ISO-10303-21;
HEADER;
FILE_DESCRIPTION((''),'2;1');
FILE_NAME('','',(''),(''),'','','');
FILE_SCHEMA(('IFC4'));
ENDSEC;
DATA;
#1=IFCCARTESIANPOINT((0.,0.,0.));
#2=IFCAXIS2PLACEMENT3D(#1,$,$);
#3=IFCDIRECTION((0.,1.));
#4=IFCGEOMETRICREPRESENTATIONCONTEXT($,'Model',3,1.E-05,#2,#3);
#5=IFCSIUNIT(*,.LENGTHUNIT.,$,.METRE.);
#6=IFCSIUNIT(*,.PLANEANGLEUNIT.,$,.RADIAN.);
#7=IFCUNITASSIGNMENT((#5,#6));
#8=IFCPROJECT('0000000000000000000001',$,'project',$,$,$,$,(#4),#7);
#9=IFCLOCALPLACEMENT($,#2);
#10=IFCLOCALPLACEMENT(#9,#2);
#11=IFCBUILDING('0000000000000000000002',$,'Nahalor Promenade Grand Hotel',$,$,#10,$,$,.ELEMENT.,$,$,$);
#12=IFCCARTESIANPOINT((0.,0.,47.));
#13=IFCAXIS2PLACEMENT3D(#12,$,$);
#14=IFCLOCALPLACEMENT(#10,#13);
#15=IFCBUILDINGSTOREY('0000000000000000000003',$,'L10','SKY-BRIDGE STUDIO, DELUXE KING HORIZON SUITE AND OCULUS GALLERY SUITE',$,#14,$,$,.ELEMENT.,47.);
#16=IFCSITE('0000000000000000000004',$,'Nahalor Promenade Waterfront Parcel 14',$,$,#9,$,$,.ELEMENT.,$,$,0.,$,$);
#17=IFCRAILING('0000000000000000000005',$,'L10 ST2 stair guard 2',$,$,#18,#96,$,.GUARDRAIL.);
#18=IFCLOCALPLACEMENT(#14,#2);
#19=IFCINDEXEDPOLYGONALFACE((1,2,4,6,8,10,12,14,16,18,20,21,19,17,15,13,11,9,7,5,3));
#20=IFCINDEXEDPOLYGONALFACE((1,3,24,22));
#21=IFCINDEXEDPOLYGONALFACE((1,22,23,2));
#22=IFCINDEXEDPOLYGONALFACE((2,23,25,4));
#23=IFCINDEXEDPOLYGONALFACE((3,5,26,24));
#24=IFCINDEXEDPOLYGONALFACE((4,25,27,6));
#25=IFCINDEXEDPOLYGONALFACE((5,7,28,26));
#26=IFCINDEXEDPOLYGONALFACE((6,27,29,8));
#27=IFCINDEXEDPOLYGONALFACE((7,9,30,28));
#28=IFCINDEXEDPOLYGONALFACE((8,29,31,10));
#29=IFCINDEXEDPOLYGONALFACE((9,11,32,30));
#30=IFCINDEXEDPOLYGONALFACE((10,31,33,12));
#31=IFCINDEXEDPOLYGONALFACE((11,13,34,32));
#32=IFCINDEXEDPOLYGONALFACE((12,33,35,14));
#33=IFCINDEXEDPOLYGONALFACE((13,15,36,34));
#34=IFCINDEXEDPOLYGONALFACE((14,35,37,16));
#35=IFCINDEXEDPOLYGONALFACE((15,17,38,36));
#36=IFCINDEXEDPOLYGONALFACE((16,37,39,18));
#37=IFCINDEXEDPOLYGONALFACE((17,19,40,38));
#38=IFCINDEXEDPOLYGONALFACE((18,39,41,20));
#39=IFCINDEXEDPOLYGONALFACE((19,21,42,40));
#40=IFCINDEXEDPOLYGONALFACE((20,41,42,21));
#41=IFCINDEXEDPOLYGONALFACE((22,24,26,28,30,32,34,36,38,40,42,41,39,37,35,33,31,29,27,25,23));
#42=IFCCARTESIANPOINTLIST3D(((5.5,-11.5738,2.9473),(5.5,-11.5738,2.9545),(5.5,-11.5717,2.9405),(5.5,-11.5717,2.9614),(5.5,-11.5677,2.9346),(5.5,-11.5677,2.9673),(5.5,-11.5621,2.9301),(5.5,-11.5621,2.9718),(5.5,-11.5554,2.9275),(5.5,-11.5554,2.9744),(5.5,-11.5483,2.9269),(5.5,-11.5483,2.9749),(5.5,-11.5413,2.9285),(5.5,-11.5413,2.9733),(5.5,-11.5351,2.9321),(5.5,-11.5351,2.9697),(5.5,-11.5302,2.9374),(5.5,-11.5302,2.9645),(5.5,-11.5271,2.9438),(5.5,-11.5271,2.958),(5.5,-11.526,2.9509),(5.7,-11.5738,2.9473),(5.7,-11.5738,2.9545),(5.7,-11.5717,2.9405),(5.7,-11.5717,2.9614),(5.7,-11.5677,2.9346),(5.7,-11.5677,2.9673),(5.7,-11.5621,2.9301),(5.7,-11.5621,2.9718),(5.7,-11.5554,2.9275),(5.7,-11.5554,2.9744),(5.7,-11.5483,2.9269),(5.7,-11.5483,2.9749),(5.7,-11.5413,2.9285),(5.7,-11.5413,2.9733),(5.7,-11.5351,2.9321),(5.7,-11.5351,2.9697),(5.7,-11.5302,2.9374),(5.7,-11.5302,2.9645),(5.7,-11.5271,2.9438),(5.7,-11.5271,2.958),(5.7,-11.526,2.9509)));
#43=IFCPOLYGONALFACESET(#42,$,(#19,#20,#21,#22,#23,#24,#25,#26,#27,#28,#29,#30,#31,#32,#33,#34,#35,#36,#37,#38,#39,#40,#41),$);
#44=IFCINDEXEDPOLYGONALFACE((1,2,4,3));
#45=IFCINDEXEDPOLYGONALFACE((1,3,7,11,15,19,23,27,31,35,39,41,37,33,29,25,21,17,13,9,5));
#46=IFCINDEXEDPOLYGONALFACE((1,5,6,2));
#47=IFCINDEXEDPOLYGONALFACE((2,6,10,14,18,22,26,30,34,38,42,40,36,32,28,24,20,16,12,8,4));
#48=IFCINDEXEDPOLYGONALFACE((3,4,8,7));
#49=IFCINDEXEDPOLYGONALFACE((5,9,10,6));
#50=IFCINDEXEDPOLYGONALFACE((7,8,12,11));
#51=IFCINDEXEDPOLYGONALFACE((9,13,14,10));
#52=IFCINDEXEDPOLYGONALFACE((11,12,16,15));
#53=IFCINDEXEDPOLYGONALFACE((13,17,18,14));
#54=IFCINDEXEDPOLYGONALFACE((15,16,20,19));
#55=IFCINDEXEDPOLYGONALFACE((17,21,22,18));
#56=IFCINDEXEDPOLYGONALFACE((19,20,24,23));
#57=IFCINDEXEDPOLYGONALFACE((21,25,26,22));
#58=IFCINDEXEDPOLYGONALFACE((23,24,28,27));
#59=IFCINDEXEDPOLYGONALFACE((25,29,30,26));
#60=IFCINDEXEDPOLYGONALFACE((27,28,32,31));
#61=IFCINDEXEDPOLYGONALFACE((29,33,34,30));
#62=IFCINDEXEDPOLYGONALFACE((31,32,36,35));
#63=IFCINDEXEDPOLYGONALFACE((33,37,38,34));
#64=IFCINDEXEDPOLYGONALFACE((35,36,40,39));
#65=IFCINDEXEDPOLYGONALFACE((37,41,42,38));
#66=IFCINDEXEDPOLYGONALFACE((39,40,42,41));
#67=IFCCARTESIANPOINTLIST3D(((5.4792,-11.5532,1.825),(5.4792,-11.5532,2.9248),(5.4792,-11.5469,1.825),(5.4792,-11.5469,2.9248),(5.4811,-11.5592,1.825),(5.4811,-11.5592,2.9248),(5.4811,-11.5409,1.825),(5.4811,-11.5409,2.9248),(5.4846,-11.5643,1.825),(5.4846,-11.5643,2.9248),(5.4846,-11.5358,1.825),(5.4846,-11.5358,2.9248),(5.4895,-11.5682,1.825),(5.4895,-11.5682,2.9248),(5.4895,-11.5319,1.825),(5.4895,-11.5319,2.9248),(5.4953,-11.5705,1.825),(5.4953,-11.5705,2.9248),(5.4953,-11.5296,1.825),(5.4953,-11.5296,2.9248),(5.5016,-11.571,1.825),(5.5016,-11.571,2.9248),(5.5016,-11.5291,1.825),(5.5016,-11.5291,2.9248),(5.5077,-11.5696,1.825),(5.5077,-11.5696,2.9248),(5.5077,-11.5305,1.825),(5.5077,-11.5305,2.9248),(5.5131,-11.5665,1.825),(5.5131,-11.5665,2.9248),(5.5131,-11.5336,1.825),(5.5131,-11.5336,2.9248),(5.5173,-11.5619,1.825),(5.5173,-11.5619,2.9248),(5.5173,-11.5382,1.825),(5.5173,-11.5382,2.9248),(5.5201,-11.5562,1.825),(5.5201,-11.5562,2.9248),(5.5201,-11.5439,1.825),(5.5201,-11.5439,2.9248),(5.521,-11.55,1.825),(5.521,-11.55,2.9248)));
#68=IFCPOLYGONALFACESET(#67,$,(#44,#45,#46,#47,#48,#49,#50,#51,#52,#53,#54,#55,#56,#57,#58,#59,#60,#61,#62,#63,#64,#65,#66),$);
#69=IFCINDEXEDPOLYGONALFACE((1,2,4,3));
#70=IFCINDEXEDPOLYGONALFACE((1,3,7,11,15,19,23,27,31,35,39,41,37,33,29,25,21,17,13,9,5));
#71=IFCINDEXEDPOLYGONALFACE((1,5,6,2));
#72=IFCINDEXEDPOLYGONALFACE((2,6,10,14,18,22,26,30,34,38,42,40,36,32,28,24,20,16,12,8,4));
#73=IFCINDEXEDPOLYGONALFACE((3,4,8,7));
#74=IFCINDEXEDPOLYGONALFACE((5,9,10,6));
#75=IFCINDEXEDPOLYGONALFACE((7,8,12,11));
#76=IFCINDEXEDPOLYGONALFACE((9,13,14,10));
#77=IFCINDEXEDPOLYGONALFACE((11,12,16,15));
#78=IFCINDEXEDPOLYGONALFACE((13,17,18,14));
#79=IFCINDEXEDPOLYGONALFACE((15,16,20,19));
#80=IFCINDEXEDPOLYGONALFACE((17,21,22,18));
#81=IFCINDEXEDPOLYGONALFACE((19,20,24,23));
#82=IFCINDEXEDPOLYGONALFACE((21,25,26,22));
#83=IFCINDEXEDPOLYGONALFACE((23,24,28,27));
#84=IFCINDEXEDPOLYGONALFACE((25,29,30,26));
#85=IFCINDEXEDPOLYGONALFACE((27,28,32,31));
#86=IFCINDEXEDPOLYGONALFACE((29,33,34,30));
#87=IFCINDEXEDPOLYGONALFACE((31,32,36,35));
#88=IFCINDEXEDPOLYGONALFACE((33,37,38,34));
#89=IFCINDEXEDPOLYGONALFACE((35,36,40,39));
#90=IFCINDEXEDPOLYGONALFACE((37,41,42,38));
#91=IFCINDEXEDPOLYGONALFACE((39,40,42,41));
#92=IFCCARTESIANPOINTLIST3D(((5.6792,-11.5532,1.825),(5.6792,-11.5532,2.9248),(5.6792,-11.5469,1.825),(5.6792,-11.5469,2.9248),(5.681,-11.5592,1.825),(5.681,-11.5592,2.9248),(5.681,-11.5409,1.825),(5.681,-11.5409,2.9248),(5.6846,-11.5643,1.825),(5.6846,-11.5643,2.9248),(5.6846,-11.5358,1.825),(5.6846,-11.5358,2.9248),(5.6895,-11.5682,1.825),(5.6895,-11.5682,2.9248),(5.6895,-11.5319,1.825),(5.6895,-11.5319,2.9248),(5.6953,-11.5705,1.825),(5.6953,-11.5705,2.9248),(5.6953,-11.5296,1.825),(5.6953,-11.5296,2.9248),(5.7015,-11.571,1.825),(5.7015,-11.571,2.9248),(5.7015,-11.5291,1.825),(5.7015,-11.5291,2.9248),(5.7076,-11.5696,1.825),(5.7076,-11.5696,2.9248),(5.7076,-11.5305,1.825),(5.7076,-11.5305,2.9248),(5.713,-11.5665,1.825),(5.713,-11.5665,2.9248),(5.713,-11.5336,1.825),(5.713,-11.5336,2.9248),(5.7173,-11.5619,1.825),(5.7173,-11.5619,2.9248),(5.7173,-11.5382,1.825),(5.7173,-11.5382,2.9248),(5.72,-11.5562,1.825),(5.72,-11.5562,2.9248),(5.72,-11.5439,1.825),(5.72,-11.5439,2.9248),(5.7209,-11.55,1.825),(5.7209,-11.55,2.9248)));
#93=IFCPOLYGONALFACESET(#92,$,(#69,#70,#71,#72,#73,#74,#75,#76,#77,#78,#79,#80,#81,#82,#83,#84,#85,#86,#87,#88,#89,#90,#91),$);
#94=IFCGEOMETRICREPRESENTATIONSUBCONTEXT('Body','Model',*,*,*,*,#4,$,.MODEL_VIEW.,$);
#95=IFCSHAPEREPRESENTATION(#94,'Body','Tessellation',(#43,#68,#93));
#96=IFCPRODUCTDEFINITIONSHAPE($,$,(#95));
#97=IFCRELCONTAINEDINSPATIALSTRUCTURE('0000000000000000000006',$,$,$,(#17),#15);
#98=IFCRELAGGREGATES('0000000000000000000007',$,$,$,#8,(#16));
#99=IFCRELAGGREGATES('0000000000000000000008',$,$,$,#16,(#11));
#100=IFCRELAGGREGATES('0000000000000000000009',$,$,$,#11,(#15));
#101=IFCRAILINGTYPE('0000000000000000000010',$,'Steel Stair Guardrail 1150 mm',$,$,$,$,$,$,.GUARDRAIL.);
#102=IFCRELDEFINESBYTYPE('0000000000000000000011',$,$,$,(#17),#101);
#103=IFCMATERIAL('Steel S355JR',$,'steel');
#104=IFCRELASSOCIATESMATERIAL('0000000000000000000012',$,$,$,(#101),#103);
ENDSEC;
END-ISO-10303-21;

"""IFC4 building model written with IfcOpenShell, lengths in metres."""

from ifc_helpers import new_model, si_unit, direction, frame, origin, origin_2d, place, context, subcontext, project, spatial, circle, extrude, material, type_object, element, save


model = new_model("IFC4")

# Units and contexts
model_context = context("Model", 3, precision=1e-05, world=origin(), true_north=direction((0.0, 1.0)))
body_context = subcontext(model_context, "Body", "Model", "MODEL_VIEW")
ifc_project = project(units=[si_unit("LENGTHUNIT", "METRE"), si_unit("PLANEANGLEUNIT", "RADIAN")], contexts=[model_context])

# Site, building, storey
site_placement = place(None, origin())
site = spatial("IfcSite", under=ifc_project, at=site_placement, Name="Nahalor Promenade Waterfront Parcel 14", CompositionType="ELEMENT", RefElevation=0.0)
building_placement = place(site_placement, origin())
building = spatial("IfcBuilding", under=site, at=building_placement, Name="Nahalor Promenade Grand Hotel", CompositionType="ELEMENT")
storey_placement = place(building_placement, frame((0.0, 0.0, 47.0)))
storey = spatial("IfcBuildingStorey", under=building, at=storey_placement, Name="L10", Description="SKY-BRIDGE STUDIO, DELUXE KING HORIZON SUITE AND OCULUS GALLERY SUITE", CompositionType="ELEMENT", Elevation=47.0)

# Shared definitions
ifc_material_1 = material(Name="Steel S355JR", Category="steel")

# Railing
railing_type_1 = type_object("IfcRailingType", Name="Steel Stair Guardrail 1150 mm", PredefinedType="GUARDRAIL", material=ifc_material_1)
railing_1_placement = place(storey_placement, frame((5.5, -11.55, 1.825)))
element("IfcRailing", 1, at=railing_1_placement, inside=storey, type_object=railing_type_1, Name="L10 ST2 stair guard 2", PredefinedType="GUARDRAIL", context=body_context, shape_type="SweptSolid", body=[
    extrude(circle(Radius=0.024, at=origin_2d()), frame((0.0, 0.0, 1.126), z_axis=(1.0, 0.0, 0.0), x_axis=(0.0, 1.0, 0.0)), (0.0, 0.0, 1.0), 0.2),
    extrude(circle(Radius=0.021, at=origin_2d()), origin(), (0.0, 0.0, 1.0), 1.0999),
    extrude(circle(Radius=0.021, at=origin_2d()), frame((0.2, 0.0, 0.0)), (0.0, 0.0, 1.0), 1.0999),
])

save(model, "model.ifc")
